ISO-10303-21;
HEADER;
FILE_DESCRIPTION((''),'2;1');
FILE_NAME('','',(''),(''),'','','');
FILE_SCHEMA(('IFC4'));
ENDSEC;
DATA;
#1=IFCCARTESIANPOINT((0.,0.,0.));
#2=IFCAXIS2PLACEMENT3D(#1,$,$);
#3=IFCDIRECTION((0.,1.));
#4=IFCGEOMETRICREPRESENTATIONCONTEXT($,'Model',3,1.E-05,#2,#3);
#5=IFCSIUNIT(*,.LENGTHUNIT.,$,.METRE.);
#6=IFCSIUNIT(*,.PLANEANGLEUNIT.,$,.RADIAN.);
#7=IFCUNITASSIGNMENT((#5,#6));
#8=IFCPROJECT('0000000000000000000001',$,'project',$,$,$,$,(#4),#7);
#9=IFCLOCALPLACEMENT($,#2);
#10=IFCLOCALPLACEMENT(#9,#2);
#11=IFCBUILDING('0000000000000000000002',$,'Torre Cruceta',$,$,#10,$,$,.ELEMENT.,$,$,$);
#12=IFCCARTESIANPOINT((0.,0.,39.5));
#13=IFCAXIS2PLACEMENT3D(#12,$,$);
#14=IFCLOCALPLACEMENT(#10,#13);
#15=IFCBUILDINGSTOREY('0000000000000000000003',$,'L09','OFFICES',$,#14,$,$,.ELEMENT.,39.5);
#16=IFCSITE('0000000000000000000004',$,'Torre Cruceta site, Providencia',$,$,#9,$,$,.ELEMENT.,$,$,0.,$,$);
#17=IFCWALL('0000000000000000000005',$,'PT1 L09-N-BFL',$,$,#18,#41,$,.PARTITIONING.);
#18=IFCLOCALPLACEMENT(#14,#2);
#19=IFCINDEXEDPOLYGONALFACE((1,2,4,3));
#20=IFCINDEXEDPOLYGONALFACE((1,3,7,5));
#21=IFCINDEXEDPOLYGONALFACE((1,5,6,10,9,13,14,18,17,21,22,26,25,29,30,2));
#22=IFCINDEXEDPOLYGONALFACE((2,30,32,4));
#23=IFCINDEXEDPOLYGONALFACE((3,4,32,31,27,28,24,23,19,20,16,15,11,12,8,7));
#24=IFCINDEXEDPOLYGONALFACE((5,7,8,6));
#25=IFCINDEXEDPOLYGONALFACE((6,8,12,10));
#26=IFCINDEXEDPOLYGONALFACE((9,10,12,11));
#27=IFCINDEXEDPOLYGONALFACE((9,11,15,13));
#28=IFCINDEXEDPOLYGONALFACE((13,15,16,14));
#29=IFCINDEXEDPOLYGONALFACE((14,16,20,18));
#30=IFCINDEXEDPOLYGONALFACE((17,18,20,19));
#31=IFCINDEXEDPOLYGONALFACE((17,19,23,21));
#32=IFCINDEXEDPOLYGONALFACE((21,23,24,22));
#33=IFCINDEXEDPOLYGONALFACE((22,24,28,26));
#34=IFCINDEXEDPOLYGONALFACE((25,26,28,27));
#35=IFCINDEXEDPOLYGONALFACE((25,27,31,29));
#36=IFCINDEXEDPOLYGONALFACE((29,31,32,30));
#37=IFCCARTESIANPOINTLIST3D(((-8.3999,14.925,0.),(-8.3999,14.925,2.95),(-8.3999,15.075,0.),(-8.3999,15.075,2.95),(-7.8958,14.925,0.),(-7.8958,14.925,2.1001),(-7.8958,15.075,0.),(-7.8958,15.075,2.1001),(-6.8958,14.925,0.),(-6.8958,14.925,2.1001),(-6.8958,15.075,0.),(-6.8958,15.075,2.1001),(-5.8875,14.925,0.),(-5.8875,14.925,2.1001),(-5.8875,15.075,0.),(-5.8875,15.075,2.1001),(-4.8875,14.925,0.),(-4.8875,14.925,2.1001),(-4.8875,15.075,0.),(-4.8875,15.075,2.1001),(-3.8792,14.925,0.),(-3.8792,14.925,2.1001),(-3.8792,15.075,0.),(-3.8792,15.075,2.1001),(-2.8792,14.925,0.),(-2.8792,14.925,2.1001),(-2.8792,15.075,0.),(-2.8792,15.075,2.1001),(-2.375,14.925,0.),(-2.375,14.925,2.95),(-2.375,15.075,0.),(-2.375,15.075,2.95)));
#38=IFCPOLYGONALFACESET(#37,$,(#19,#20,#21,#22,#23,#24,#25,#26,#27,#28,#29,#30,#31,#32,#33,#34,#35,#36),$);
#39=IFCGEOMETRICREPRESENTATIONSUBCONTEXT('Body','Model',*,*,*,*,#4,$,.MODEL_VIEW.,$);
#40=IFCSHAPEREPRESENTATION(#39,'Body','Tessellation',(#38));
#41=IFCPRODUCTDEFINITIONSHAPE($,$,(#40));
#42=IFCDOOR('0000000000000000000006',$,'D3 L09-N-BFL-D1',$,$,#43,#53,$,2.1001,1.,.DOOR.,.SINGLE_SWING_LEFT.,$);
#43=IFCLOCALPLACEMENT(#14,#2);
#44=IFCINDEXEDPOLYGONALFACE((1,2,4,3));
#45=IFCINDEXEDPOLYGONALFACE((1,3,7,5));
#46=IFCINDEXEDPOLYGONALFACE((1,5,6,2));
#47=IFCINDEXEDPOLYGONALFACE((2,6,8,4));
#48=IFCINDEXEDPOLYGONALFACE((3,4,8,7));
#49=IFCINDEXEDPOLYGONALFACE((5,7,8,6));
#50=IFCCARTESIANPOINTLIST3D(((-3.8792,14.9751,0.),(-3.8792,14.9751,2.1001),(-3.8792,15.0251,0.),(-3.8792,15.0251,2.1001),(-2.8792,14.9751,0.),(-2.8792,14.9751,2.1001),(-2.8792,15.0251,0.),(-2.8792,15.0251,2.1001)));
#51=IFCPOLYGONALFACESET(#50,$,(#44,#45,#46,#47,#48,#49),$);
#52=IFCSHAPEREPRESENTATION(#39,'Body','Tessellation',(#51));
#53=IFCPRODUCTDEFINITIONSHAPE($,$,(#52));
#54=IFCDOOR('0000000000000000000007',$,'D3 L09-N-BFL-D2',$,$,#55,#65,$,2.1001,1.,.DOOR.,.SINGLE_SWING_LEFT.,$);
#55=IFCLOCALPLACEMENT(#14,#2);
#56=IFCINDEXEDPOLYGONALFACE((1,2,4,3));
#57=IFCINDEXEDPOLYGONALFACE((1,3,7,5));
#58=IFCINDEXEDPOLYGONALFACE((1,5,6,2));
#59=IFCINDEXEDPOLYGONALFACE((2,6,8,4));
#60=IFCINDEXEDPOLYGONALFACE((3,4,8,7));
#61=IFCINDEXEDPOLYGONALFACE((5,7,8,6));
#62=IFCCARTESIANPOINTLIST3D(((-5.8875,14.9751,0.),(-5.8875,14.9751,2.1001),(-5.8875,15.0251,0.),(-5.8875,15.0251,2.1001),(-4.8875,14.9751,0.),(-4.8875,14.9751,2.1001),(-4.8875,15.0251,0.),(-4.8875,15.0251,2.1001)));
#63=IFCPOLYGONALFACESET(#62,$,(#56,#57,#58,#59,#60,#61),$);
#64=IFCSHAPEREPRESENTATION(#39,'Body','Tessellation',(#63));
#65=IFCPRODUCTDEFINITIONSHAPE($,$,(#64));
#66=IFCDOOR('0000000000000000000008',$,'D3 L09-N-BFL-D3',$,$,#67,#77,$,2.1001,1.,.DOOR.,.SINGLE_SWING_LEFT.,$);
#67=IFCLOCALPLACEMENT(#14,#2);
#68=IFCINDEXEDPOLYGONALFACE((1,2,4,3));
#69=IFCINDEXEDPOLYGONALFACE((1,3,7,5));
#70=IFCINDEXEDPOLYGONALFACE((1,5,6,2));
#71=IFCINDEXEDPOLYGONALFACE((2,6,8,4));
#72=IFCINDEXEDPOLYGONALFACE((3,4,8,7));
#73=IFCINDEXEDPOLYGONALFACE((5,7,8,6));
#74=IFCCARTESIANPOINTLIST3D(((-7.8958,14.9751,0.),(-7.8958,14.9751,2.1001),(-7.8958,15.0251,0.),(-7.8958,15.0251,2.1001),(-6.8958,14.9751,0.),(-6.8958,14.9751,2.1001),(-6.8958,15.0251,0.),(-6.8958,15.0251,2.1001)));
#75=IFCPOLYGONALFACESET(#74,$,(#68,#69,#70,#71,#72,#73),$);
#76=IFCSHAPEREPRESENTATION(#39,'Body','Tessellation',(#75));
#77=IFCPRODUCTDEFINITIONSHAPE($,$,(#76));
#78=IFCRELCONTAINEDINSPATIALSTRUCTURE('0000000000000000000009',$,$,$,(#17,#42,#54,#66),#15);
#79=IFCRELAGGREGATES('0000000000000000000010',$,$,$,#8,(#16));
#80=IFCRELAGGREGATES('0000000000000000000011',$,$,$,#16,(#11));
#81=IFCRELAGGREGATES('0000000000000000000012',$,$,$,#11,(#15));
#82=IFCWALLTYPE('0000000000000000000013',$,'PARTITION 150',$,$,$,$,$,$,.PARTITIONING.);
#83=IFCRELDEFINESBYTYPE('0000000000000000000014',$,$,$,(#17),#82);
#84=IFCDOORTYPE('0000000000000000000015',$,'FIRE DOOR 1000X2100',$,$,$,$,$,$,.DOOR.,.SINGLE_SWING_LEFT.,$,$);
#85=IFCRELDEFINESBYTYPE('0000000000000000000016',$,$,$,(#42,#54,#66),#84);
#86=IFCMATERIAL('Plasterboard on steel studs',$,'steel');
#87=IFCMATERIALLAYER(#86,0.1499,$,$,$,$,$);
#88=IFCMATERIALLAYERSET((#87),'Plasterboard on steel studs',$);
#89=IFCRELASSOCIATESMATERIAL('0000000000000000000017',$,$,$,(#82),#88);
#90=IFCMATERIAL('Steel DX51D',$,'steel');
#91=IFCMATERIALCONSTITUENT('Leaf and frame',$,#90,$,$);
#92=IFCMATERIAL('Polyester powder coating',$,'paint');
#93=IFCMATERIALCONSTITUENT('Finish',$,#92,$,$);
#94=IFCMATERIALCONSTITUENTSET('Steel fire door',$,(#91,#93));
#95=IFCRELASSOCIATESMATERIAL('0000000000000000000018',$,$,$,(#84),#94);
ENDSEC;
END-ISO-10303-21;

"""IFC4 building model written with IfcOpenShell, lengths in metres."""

from ifc_helpers import new_model, si_unit, direction, frame, frame_2d, origin, place, context, subcontext, project, spatial, rectangle, extrude, material, layer, layer_set, constituent, constituent_set, type_object, element, fill, save


model = new_model("IFC4")

# Units and contexts
model_context = context("Model", 3, precision=1e-05, world=origin(), true_north=direction((0.0, 1.0)))
body_context = subcontext(model_context, "Body", "Model", "MODEL_VIEW")
ifc_project = project(units=[si_unit("LENGTHUNIT", "METRE"), si_unit("PLANEANGLEUNIT", "RADIAN")], contexts=[model_context])

# Site, building, storey
site_placement = place(None, origin())
site = spatial("IfcSite", under=ifc_project, at=site_placement, Name="Torre Cruceta site, Providencia", CompositionType="ELEMENT", RefElevation=0.0)
building_placement = place(site_placement, origin())
building = spatial("IfcBuilding", under=site, at=building_placement, Name="Torre Cruceta", CompositionType="ELEMENT")
storey_placement = place(building_placement, frame((0.0, 0.0, 39.5)))
storey = spatial("IfcBuildingStorey", under=building, at=storey_placement, Name="L09", Description="OFFICES", CompositionType="ELEMENT", Elevation=39.5)

# Wall, openings, doors
ifc_material_1 = material(Name="Plasterboard on steel studs", Category="steel")
ifc_layer_1 = layer(ifc_material_1, 0.1499)
ifc_layer_set_1 = layer_set([ifc_layer_1], Name="Plasterboard on steel studs")
wall_type_1 = type_object("IfcWallType", Name="PARTITION 150", PredefinedType="PARTITIONING", material=ifc_layer_set_1)
wall_1_placement = place(storey_placement, frame((-2.375, 15.0, 0.0), z_axis=(0.0, 0.0, 1.0), x_axis=(-1.0, 0.0, 0.0)))
wall_1 = element("IfcWall", 1, at=wall_1_placement, inside=storey, type_object=wall_type_1, Name="PT1 L09-N-BFL", PredefinedType="PARTITIONING", context=body_context, shape_type="SweptSolid", body=[
    extrude(rectangle(XDim=6.0249, YDim=0.1499, at=frame_2d((3.0125, 0.0))), origin(), (0.0, 0.0, 1.0), 2.95),
])
opening_1_placement = place(wall_1_placement, frame((0.5042, 0.0, 0.0)))
opening_1 = element("IfcOpeningElement", 2, at=opening_1_placement, cuts=wall_1, PredefinedType="OPENING", context=body_context, shape_type="SweptSolid", body=[
    extrude(rectangle(XDim=1.0, YDim=2.1001, at=frame_2d((0.5, 1.05))), frame((0.0, 0.085, 0.0), z_axis=(0.0, -1.0, 0.0), x_axis=(1.0, 0.0, 0.0)), (0.0, 0.0, 1.0), 0.1699),
])
opening_2_placement = place(wall_1_placement, frame((2.5125, 0.0, 0.0)))
opening_2 = element("IfcOpeningElement", 3, at=opening_2_placement, cuts=wall_1, PredefinedType="OPENING", context=body_context, shape_type="SweptSolid", body=[
    extrude(rectangle(XDim=1.0, YDim=2.1001, at=frame_2d((0.5, 1.05))), frame((0.0, 0.085, 0.0), z_axis=(0.0, -1.0, 0.0), x_axis=(1.0, 0.0, 0.0)), (0.0, 0.0, 1.0), 0.1699),
])
opening_3_placement = place(wall_1_placement, frame((4.5208, 0.0, 0.0)))
opening_3 = element("IfcOpeningElement", 4, at=opening_3_placement, cuts=wall_1, PredefinedType="OPENING", context=body_context, shape_type="SweptSolid", body=[
    extrude(rectangle(XDim=1.0, YDim=2.1001, at=frame_2d((0.5, 1.05))), frame((0.0, 0.085, 0.0), z_axis=(0.0, -1.0, 0.0), x_axis=(1.0, 0.0, 0.0)), (0.0, 0.0, 1.0), 0.1699),
])
ifc_material_2 = material(Name="Steel DX51D", Category="steel")
ifc_constituent_1 = constituent(ifc_material_2, Name="Leaf and frame")
ifc_material_3 = material(Name="Polyester powder coating", Category="paint")
ifc_constituent_2 = constituent(ifc_material_3, Name="Finish")
ifc_constituent_set_1 = constituent_set(constituents=[ifc_constituent_1, ifc_constituent_2], Name="Steel fire door")
door_type = type_object("IfcDoorType", Name="FIRE DOOR 1000X2100", OperationType="SINGLE_SWING_LEFT", PredefinedType="DOOR", material=ifc_constituent_set_1)
door_1_placement = place(opening_1_placement, origin())
door_1 = element("IfcDoor", 5, at=door_1_placement, inside=storey, type_object=door_type, Name="D3 L09-N-BFL-D1", OperationType="SINGLE_SWING_LEFT", OverallHeight=2.1001, OverallWidth=1.0, PredefinedType="DOOR", context=body_context, shape_type="SweptSolid", body=[
    extrude(rectangle(XDim=1.0, YDim=2.1001, at=frame_2d((0.5, 1.05))), frame((0.0, 0.0249, 0.0), z_axis=(0.0, -1.0, 0.0), x_axis=(1.0, 0.0, 0.0)), (0.0, 0.0, 1.0), 0.05),
])
fill(opening_1, door_1)
door_2_placement = place(opening_2_placement, origin())
door_2 = element("IfcDoor", 6, at=door_2_placement, inside=storey, type_object=door_type, Name="D3 L09-N-BFL-D2", OperationType="SINGLE_SWING_LEFT", OverallHeight=2.1001, OverallWidth=1.0, PredefinedType="DOOR", context=body_context, shape_type="SweptSolid", body=[
    extrude(rectangle(XDim=1.0, YDim=2.1001, at=frame_2d((0.5, 1.05))), frame((0.0, 0.0249, 0.0), z_axis=(0.0, -1.0, 0.0), x_axis=(1.0, 0.0, 0.0)), (0.0, 0.0, 1.0), 0.05),
])
fill(opening_2, door_2)
door_3_placement = place(opening_3_placement, origin())
door_3 = element("IfcDoor", 7, at=door_3_placement, inside=storey, type_object=door_type, Name="D3 L09-N-BFL-D3", OperationType="SINGLE_SWING_LEFT", OverallHeight=2.1001, OverallWidth=1.0, PredefinedType="DOOR", context=body_context, shape_type="SweptSolid", body=[
    extrude(rectangle(XDim=1.0, YDim=2.1001, at=frame_2d((0.5, 1.05))), frame((0.0, 0.0249, 0.0), z_axis=(0.0, -1.0, 0.0), x_axis=(1.0, 0.0, 0.0)), (0.0, 0.0, 1.0), 0.05),
])
fill(opening_3, door_3)

save(model, "model.ifc")
